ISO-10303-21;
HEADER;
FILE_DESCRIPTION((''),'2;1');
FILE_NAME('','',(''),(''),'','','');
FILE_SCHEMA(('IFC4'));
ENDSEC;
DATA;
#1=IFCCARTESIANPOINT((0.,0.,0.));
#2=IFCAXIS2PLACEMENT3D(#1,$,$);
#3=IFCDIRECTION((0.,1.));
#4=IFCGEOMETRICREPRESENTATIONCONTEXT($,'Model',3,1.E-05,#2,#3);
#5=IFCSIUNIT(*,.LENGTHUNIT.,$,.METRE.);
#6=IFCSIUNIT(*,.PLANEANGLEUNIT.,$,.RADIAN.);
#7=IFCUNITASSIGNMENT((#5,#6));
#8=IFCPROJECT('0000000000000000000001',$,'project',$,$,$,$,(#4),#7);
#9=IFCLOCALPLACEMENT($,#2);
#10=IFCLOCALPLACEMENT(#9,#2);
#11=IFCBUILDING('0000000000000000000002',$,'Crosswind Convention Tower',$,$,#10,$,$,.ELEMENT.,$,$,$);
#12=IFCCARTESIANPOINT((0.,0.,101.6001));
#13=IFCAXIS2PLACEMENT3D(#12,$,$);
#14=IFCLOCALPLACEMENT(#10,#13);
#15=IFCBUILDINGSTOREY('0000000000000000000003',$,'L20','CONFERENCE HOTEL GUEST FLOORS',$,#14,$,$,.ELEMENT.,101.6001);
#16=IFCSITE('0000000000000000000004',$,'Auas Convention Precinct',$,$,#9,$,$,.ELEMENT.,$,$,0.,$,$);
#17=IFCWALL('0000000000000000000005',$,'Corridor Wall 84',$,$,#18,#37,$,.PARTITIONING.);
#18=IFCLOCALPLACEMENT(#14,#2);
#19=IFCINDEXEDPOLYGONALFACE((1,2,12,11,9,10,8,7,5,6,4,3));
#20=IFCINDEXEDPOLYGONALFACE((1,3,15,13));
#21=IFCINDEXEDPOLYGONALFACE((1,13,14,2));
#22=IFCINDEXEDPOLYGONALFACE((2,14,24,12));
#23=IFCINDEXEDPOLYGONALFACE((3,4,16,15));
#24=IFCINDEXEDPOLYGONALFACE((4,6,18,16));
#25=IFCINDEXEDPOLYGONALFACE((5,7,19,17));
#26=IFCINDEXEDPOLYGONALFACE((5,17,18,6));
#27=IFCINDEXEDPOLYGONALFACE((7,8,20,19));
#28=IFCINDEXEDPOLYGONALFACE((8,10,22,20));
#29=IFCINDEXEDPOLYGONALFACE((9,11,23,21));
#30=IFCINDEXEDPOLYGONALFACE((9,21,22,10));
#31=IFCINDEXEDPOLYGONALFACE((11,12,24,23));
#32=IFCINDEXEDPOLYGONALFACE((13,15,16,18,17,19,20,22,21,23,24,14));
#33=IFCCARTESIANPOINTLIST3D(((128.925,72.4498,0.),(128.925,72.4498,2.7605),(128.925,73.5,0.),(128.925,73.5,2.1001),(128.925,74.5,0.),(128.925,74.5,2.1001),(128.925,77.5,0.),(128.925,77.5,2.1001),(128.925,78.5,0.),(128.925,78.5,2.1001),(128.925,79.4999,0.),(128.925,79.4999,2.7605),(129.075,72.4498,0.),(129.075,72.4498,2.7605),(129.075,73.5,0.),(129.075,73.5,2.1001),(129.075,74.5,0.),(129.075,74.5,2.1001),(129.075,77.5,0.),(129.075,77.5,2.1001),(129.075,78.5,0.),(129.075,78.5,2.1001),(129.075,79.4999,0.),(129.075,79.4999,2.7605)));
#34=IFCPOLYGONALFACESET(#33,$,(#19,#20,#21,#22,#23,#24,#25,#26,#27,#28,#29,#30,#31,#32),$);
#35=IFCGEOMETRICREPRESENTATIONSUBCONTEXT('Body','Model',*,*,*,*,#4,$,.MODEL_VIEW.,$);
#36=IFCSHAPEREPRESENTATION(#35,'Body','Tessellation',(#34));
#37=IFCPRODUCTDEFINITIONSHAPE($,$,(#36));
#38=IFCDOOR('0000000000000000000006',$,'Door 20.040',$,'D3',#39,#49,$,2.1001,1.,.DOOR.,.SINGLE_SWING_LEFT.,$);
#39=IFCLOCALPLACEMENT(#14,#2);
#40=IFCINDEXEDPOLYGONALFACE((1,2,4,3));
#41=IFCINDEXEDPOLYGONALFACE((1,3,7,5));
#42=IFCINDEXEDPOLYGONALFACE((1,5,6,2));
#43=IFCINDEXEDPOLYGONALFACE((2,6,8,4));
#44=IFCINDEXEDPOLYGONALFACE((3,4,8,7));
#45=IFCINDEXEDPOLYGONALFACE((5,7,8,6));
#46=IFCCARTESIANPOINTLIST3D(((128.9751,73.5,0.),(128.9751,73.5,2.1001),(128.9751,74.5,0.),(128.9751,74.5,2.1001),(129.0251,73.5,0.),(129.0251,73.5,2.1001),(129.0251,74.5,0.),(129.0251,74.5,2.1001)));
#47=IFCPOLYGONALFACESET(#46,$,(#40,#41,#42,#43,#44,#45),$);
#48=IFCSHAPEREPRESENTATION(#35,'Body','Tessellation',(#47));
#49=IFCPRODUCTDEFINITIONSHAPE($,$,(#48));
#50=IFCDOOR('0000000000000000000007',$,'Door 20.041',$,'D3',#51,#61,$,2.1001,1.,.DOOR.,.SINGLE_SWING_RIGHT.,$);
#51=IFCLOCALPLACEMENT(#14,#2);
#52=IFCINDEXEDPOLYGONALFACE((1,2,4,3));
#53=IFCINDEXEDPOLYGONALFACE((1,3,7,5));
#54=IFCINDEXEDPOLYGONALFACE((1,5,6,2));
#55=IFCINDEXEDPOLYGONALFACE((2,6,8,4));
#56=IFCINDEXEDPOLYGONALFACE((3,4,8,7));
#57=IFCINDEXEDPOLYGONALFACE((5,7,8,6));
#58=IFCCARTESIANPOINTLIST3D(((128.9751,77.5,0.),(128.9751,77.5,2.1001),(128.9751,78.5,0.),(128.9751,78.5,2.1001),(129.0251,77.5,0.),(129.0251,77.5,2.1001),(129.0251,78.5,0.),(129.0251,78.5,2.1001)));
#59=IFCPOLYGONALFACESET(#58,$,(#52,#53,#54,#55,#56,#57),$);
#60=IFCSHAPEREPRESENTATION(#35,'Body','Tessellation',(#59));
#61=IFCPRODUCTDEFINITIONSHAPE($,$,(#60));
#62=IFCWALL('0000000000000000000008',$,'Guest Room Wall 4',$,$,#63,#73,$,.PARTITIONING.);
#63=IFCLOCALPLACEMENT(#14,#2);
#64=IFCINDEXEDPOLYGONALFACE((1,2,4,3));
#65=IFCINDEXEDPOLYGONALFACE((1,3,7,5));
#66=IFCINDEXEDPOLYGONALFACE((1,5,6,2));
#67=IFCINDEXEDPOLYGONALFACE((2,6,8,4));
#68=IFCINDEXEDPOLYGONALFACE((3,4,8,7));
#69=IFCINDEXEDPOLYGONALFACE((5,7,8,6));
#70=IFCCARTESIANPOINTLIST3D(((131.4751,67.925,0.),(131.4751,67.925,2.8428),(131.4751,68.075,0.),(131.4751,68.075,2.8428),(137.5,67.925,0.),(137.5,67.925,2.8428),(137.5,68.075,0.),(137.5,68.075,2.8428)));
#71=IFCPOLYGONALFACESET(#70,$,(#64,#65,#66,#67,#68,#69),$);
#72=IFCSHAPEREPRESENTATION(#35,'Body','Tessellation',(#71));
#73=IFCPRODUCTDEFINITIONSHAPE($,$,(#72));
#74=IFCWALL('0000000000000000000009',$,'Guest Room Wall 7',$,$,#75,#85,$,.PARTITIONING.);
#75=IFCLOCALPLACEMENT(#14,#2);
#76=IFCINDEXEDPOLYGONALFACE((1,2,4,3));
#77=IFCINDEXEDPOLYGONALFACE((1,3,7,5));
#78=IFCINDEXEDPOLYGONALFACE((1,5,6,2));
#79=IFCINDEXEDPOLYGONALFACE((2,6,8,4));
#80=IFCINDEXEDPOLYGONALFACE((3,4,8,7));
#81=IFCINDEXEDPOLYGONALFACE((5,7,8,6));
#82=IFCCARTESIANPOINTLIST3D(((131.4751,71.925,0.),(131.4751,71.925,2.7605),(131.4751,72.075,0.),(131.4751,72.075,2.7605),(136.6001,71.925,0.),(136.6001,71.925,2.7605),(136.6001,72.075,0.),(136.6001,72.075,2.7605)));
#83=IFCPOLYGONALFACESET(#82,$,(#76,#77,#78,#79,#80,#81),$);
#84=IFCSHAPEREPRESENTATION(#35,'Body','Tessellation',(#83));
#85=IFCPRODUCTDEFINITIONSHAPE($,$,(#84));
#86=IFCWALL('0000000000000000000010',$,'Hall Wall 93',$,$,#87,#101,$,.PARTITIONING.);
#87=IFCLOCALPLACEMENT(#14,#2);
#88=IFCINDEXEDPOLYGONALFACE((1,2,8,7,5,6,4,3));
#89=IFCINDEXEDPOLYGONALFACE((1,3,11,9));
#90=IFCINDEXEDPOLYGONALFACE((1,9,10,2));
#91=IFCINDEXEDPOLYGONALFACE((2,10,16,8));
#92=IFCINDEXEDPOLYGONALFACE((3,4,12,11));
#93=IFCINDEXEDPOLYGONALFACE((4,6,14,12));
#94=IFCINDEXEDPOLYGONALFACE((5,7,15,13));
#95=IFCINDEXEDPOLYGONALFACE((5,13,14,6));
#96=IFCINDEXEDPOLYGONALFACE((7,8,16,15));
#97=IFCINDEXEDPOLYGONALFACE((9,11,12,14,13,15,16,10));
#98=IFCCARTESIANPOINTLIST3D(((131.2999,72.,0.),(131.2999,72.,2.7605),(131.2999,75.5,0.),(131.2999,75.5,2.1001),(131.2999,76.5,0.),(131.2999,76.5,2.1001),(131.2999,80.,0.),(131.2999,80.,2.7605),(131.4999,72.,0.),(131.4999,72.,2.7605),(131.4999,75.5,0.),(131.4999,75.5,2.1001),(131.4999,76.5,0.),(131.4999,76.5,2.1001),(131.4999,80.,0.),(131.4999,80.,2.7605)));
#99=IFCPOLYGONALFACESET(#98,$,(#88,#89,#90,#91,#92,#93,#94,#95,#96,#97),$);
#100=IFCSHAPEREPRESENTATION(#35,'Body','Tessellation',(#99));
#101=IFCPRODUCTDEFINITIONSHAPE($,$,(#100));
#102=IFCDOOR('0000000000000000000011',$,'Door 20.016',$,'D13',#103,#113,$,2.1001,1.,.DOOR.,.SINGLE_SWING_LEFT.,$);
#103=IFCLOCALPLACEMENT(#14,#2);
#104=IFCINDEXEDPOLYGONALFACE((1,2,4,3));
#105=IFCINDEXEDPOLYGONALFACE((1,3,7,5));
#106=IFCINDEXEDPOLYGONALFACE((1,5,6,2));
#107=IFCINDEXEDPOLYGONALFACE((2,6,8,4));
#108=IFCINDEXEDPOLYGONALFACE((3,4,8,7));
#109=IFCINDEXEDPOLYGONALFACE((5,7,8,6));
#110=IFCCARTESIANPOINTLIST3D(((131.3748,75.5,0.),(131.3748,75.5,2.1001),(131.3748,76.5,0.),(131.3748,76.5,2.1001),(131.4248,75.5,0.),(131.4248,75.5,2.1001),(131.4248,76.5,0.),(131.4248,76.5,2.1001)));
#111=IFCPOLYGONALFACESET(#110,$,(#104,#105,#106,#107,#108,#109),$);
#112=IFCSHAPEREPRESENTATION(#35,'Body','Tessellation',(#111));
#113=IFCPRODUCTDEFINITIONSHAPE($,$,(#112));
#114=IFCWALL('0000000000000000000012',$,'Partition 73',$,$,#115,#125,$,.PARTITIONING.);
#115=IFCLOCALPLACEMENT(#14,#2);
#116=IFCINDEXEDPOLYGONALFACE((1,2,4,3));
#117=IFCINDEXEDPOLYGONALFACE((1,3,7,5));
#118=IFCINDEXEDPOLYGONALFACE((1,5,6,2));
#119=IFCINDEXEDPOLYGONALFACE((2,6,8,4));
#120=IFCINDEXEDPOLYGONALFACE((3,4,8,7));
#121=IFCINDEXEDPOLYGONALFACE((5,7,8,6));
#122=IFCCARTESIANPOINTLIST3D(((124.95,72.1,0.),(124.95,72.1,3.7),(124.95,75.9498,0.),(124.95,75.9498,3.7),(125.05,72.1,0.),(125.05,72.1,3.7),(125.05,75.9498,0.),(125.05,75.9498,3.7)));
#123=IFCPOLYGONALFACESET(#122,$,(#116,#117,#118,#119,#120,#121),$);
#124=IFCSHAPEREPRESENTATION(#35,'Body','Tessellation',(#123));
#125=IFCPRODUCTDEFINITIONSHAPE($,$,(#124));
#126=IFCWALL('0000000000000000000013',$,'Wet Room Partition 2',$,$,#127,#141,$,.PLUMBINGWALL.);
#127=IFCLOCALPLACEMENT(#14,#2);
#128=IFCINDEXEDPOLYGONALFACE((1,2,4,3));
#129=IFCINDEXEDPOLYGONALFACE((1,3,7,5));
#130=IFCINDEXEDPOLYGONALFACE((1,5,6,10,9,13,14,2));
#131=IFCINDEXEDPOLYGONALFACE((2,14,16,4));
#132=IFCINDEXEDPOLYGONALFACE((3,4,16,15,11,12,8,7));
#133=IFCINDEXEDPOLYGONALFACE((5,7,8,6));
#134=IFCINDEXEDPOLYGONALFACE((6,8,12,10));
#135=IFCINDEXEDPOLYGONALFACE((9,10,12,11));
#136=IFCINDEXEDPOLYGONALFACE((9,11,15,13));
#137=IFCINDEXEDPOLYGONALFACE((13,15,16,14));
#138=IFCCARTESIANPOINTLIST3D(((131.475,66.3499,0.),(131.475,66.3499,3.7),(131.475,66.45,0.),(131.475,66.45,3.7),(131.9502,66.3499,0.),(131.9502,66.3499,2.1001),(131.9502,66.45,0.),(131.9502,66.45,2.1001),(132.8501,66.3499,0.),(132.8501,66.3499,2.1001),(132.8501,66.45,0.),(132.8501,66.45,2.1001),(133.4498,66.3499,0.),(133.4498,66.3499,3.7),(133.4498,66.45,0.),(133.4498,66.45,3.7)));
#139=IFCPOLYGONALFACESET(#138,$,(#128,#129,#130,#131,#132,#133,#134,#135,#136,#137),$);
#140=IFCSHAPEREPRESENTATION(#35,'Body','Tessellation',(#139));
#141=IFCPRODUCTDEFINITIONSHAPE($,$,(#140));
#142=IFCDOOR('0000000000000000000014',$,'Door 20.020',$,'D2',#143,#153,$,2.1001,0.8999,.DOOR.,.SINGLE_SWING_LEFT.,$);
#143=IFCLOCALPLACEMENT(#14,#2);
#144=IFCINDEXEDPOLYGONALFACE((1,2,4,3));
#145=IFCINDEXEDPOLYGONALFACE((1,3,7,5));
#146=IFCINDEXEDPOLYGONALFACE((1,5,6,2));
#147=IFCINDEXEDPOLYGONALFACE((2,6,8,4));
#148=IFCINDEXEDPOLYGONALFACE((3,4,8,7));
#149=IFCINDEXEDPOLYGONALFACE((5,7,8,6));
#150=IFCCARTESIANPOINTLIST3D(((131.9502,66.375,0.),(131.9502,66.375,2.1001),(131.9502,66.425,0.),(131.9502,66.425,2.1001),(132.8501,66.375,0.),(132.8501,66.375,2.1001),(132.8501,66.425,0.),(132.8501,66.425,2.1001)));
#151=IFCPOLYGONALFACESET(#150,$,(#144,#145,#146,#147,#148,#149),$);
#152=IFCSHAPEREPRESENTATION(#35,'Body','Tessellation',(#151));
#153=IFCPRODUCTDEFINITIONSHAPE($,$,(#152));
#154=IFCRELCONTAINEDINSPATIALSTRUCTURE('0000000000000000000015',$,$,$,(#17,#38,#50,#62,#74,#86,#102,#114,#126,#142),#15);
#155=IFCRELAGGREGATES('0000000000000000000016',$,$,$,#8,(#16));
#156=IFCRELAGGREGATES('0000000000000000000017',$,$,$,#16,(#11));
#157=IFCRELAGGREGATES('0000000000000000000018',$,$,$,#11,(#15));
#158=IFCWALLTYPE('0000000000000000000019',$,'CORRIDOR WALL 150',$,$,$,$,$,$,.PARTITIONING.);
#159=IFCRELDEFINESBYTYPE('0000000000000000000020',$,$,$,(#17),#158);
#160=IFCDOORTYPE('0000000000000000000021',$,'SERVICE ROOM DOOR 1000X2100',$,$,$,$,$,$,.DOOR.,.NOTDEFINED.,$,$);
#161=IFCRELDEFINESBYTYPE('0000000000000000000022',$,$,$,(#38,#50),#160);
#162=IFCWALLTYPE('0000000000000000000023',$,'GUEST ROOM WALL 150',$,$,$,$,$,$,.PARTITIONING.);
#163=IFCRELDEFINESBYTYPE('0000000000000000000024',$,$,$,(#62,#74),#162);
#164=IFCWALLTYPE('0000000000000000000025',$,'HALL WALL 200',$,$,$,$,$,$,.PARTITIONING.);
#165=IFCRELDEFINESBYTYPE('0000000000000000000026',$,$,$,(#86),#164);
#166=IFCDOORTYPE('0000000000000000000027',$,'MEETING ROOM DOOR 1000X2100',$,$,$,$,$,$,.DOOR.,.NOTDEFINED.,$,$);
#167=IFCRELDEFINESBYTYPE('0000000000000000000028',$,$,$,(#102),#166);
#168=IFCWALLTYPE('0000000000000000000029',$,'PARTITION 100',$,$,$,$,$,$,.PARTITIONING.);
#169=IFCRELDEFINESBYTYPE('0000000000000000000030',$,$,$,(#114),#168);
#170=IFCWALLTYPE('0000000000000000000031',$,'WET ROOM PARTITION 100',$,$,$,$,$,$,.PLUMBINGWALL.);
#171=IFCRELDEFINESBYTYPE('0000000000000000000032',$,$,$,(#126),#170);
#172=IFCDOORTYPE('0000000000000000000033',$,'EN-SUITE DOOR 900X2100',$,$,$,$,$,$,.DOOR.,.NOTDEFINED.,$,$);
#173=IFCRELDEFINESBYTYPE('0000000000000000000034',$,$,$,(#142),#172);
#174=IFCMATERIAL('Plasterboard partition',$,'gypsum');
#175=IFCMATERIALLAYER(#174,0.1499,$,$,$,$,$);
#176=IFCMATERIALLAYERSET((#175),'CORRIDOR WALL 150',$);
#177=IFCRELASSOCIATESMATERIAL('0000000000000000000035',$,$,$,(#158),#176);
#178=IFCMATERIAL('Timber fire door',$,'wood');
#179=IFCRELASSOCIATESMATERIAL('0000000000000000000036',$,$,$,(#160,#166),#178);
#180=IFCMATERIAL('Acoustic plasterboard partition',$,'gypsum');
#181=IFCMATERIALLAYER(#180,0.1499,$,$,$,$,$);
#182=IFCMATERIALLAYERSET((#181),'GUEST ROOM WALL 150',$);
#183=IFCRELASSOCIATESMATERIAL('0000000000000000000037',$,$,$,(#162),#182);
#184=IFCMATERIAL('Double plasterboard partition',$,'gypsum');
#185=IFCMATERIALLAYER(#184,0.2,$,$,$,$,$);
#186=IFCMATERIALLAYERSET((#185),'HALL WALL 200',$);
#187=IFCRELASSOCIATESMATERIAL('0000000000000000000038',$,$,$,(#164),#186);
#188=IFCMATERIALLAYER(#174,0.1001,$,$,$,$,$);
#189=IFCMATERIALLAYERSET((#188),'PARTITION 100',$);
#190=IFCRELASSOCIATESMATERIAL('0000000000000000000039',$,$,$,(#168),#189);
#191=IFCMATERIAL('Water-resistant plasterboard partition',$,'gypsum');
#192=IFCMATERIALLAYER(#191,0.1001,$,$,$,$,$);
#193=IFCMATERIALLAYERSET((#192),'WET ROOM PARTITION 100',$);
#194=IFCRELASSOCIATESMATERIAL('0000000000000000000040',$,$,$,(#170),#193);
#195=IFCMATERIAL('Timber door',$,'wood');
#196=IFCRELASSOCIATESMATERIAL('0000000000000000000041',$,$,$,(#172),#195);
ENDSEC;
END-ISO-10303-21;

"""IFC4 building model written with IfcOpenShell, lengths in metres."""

from ifc_helpers import new_model, si_unit, direction, frame, frame_2d, origin, place, context, subcontext, project, spatial, rectangle, extrude, material, layer, layer_set, type_object, element, fill, save


model = new_model("IFC4")

# Units and contexts
model_context = context("Model", 3, precision=1e-05, world=origin(), true_north=direction((0.0, 1.0)))
body_context = subcontext(model_context, "Body", "Model", "MODEL_VIEW")
ifc_project = project(units=[si_unit("LENGTHUNIT", "METRE"), si_unit("PLANEANGLEUNIT", "RADIAN")], contexts=[model_context])

# Site, building, storey
site_placement = place(None, origin())
site = spatial("IfcSite", under=ifc_project, at=site_placement, Name="Auas Convention Precinct", CompositionType="ELEMENT", RefElevation=0.0)
building_placement = place(site_placement, origin())
building = spatial("IfcBuilding", under=site, at=building_placement, Name="Crosswind Convention Tower", CompositionType="ELEMENT")
storey_placement = place(building_placement, frame((0.0, 0.0, 101.6001)))
storey = spatial("IfcBuildingStorey", under=building, at=storey_placement, Name="L20", Description="CONFERENCE HOTEL GUEST FLOORS", CompositionType="ELEMENT", Elevation=101.6001)

# Wall, openings, doors
ifc_material_1 = material(Name="Plasterboard partition", Category="gypsum")
ifc_layer_1 = layer(ifc_material_1, 0.1499)
ifc_layer_set_1 = layer_set([ifc_layer_1], Name="CORRIDOR WALL 150")
wall_type_1 = type_object("IfcWallType", Name="CORRIDOR WALL 150", PredefinedType="PARTITIONING", material=ifc_layer_set_1)
wall_1_placement = place(storey_placement, frame((129.0, 72.45, 0.0), z_axis=(0.0, 0.0, 1.0), x_axis=(0.0, 1.0, 0.0)))
wall_1 = element("IfcWall", 1, at=wall_1_placement, inside=storey, type_object=wall_type_1, Name="Corridor Wall 84", PredefinedType="PARTITIONING", context=body_context, shape_type="SweptSolid", body=[
    extrude(rectangle(XDim=7.05, YDim=0.1499, at=frame_2d((3.5249, 0.0))), origin(), (0.0, 0.0, 1.0), 2.7605),
])
opening_1_placement = place(wall_1_placement, frame((1.05, 0.0, 0.0)))
opening_1 = element("IfcOpeningElement", 2, at=opening_1_placement, cuts=wall_1, PredefinedType="OPENING", context=body_context, shape_type="SweptSolid", body=[
    extrude(rectangle(XDim=1.0, YDim=2.1001, at=frame_2d((0.5, 1.05))), frame((0.0, 0.085, 0.0), z_axis=(0.0, -1.0, 0.0), x_axis=(1.0, 0.0, 0.0)), (0.0, 0.0, 1.0), 0.1699),
])
opening_2_placement = place(wall_1_placement, frame((5.05, 0.0, 0.0)))
opening_2 = element("IfcOpeningElement", 3, at=opening_2_placement, cuts=wall_1, PredefinedType="OPENING", context=body_context, shape_type="SweptSolid", body=[
    extrude(rectangle(XDim=1.0, YDim=2.1001, at=frame_2d((0.5, 1.05))), frame((0.0, 0.085, 0.0), z_axis=(0.0, -1.0, 0.0), x_axis=(1.0, 0.0, 0.0)), (0.0, 0.0, 1.0), 0.1699),
])
ifc_material_2 = material(Name="Timber fire door", Category="wood")
door_type_1 = type_object("IfcDoorType", Name="SERVICE ROOM DOOR 1000X2100", OperationType="NOTDEFINED", PredefinedType="DOOR", material=ifc_material_2)
door_1_placement = place(opening_1_placement, origin())
door_1 = element("IfcDoor", 4, at=door_1_placement, inside=storey, type_object=door_type_1, Name="Door 20.040", ObjectType="D3", OperationType="SINGLE_SWING_LEFT", OverallHeight=2.1001, OverallWidth=1.0, PredefinedType="DOOR", context=body_context, shape_type="SweptSolid", body=[
    extrude(rectangle(XDim=1.0, YDim=2.1001, at=frame_2d((0.5, 1.05))), frame((0.0, 0.0249, 0.0), z_axis=(0.0, -1.0, 0.0), x_axis=(1.0, 0.0, 0.0)), (0.0, 0.0, 1.0), 0.05),
])
fill(opening_1, door_1)
door_2_placement = place(opening_2_placement, origin())
door_2 = element("IfcDoor", 5, at=door_2_placement, inside=storey, type_object=door_type_1, Name="Door 20.041", ObjectType="D3", OperationType="SINGLE_SWING_RIGHT", OverallHeight=2.1001, OverallWidth=1.0, PredefinedType="DOOR", context=body_context, shape_type="SweptSolid", body=[
    extrude(rectangle(XDim=1.0, YDim=2.1001, at=frame_2d((0.5, 1.05))), frame((0.0, 0.0249, 0.0), z_axis=(0.0, -1.0, 0.0), x_axis=(1.0, 0.0, 0.0)), (0.0, 0.0, 1.0), 0.05),
])
fill(opening_2, door_2)

# Walls
ifc_material_3 = material(Name="Acoustic plasterboard partition", Category="gypsum")
ifc_layer_2 = layer(ifc_material_3, 0.1499)
ifc_layer_set_2 = layer_set([ifc_layer_2], Name="GUEST ROOM WALL 150")
wall_type_2 = type_object("IfcWallType", Name="GUEST ROOM WALL 150", PredefinedType="PARTITIONING", material=ifc_layer_set_2)
wall_2_placement = place(storey_placement, frame((131.4751, 68.0, 0.0), z_axis=(0.0, 0.0, 1.0), x_axis=(1.0, 0.0, 0.0)))
element("IfcWall", 6, at=wall_2_placement, inside=storey, type_object=wall_type_2, Name="Guest Room Wall 4", PredefinedType="PARTITIONING", context=body_context, shape_type="SweptSolid", body=[
    extrude(rectangle(XDim=6.0249, YDim=0.1499, at=frame_2d((3.0125, 0.0))), origin(), (0.0, 0.0, 1.0), 2.8428),
])
wall_3_placement = place(storey_placement, frame((131.4751, 72.0, 0.0), z_axis=(0.0, 0.0, 1.0), x_axis=(1.0, 0.0, 0.0)))
element("IfcWall", 7, at=wall_3_placement, inside=storey, type_object=wall_type_2, Name="Guest Room Wall 7", PredefinedType="PARTITIONING", context=body_context, shape_type="SweptSolid", body=[
    extrude(rectangle(XDim=5.125, YDim=0.1499, at=frame_2d((2.5625, 0.0))), origin(), (0.0, 0.0, 1.0), 2.7605),
])

# Wall, opening, door
ifc_material_4 = material(Name="Double plasterboard partition", Category="gypsum")
ifc_layer_3 = layer(ifc_material_4, 0.2)
ifc_layer_set_3 = layer_set([ifc_layer_3], Name="HALL WALL 200")
wall_type_3 = type_object("IfcWallType", Name="HALL WALL 200", PredefinedType="PARTITIONING", material=ifc_layer_set_3)
wall_4_placement = place(storey_placement, frame((131.3999, 72.0, 0.0), z_axis=(0.0, 0.0, 1.0), x_axis=(0.0, 1.0, 0.0)))
wall_4 = element("IfcWall", 8, at=wall_4_placement, inside=storey, type_object=wall_type_3, Name="Hall Wall 93", PredefinedType="PARTITIONING", context=body_context, shape_type="SweptSolid", body=[
    extrude(rectangle(XDim=8.0, YDim=0.2, at=frame_2d((4.0, 0.0))), origin(), (0.0, 0.0, 1.0), 2.7605),
])
opening_3_placement = place(wall_4_placement, frame((3.5, 0.0, 0.0)))
opening_3 = element("IfcOpeningElement", 9, at=opening_3_placement, cuts=wall_4, PredefinedType="OPENING", context=body_context, shape_type="SweptSolid", body=[
    extrude(rectangle(XDim=1.0, YDim=2.1001, at=frame_2d((0.5, 1.05))), frame((0.0, 0.1099, 0.0), z_axis=(0.0, -1.0, 0.0), x_axis=(1.0, 0.0, 0.0)), (0.0, 0.0, 1.0), 0.22),
])
door_type_2 = type_object("IfcDoorType", Name="MEETING ROOM DOOR 1000X2100", OperationType="NOTDEFINED", PredefinedType="DOOR", material=ifc_material_2)
door_3_placement = place(opening_3_placement, frame((1.0, 0.0, 0.0), z_axis=(0.0, 0.0, 1.0), x_axis=(-1.0, 0.0, 0.0)))
door_3 = element("IfcDoor", 10, at=door_3_placement, inside=storey, type_object=door_type_2, Name="Door 20.016", ObjectType="D13", OperationType="SINGLE_SWING_LEFT", OverallHeight=2.1001, OverallWidth=1.0, PredefinedType="DOOR", context=body_context, shape_type="SweptSolid", body=[
    extrude(rectangle(XDim=1.0, YDim=2.1001, at=frame_2d((0.5, 1.05))), frame((0.0, 0.0249, 0.0), z_axis=(0.0, -1.0, 0.0), x_axis=(1.0, 0.0, 0.0)), (0.0, 0.0, 1.0), 0.05),
])
fill(opening_3, door_3)

# Wall
ifc_layer_4 = layer(ifc_material_1, 0.1001)
ifc_layer_set_4 = layer_set([ifc_layer_4], Name="PARTITION 100")
wall_type_4 = type_object("IfcWallType", Name="PARTITION 100", PredefinedType="PARTITIONING", material=ifc_layer_set_4)
wall_5_placement = place(storey_placement, frame((125.0, 72.1001, 0.0), z_axis=(0.0, 0.0, 1.0), x_axis=(0.0, 1.0, 0.0)))
element("IfcWall", 11, at=wall_5_placement, inside=storey, type_object=wall_type_4, Name="Partition 73", PredefinedType="PARTITIONING", context=body_context, shape_type="SweptSolid", body=[
    extrude(rectangle(XDim=3.8499, YDim=0.1001, at=frame_2d((1.9248, 0.0))), origin(), (0.0, 0.0, 1.0), 3.7),
])

# Wall, opening, door
ifc_material_5 = material(Name="Water-resistant plasterboard partition", Category="gypsum")
ifc_layer_5 = layer(ifc_material_5, 0.1001)
ifc_layer_set_5 = layer_set([ifc_layer_5], Name="WET ROOM PARTITION 100")
wall_type_5 = type_object("IfcWallType", Name="WET ROOM PARTITION 100", PredefinedType="PLUMBINGWALL", material=ifc_layer_set_5)
wall_6_placement = place(storey_placement, frame((131.4751, 66.3999, 0.0), z_axis=(0.0, 0.0, 1.0), x_axis=(1.0, 0.0, 0.0)))
wall_6 = element("IfcWall", 12, at=wall_6_placement, inside=storey, type_object=wall_type_5, Name="Wet Room Partition 2", PredefinedType="PLUMBINGWALL", context=body_context, shape_type="SweptSolid", body=[
    extrude(rectangle(XDim=1.9749, YDim=0.1001, at=frame_2d((0.9873, 0.0))), origin(), (0.0, 0.0, 1.0), 3.7),
])
opening_4_placement = place(wall_6_placement, frame((0.4751, 0.0, 0.0)))
opening_4 = element("IfcOpeningElement", 13, at=opening_4_placement, cuts=wall_6, PredefinedType="OPENING", context=body_context, shape_type="SweptSolid", body=[
    extrude(rectangle(XDim=0.8999, YDim=2.1001, at=frame_2d((0.45, 1.05))), frame((0.0, 0.0601, 0.0), z_axis=(0.0, -1.0, 0.0), x_axis=(1.0, 0.0, 0.0)), (0.0, 0.0, 1.0), 0.1201),
])
ifc_material_6 = material(Name="Timber door", Category="wood")
door_type_3 = type_object("IfcDoorType", Name="EN-SUITE DOOR 900X2100", OperationType="NOTDEFINED", PredefinedType="DOOR", material=ifc_material_6)
door_4_placement = place(opening_4_placement, frame((0.8999, 0.0, 0.0), z_axis=(0.0, 0.0, 1.0), x_axis=(-1.0, 0.0, 0.0)))
door_4 = element("IfcDoor", 14, at=door_4_placement, inside=storey, type_object=door_type_3, Name="Door 20.020", ObjectType="D2", OperationType="SINGLE_SWING_LEFT", OverallHeight=2.1001, OverallWidth=0.8999, PredefinedType="DOOR", context=body_context, shape_type="SweptSolid", body=[
    extrude(rectangle(XDim=0.8999, YDim=2.1001, at=frame_2d((0.45, 1.05))), frame((0.0, 0.0249, 0.0), z_axis=(0.0, -1.0, 0.0), x_axis=(1.0, 0.0, 0.0)), (0.0, 0.0, 1.0), 0.05),
])
fill(opening_4, door_4)

save(model, "model.ifc")
